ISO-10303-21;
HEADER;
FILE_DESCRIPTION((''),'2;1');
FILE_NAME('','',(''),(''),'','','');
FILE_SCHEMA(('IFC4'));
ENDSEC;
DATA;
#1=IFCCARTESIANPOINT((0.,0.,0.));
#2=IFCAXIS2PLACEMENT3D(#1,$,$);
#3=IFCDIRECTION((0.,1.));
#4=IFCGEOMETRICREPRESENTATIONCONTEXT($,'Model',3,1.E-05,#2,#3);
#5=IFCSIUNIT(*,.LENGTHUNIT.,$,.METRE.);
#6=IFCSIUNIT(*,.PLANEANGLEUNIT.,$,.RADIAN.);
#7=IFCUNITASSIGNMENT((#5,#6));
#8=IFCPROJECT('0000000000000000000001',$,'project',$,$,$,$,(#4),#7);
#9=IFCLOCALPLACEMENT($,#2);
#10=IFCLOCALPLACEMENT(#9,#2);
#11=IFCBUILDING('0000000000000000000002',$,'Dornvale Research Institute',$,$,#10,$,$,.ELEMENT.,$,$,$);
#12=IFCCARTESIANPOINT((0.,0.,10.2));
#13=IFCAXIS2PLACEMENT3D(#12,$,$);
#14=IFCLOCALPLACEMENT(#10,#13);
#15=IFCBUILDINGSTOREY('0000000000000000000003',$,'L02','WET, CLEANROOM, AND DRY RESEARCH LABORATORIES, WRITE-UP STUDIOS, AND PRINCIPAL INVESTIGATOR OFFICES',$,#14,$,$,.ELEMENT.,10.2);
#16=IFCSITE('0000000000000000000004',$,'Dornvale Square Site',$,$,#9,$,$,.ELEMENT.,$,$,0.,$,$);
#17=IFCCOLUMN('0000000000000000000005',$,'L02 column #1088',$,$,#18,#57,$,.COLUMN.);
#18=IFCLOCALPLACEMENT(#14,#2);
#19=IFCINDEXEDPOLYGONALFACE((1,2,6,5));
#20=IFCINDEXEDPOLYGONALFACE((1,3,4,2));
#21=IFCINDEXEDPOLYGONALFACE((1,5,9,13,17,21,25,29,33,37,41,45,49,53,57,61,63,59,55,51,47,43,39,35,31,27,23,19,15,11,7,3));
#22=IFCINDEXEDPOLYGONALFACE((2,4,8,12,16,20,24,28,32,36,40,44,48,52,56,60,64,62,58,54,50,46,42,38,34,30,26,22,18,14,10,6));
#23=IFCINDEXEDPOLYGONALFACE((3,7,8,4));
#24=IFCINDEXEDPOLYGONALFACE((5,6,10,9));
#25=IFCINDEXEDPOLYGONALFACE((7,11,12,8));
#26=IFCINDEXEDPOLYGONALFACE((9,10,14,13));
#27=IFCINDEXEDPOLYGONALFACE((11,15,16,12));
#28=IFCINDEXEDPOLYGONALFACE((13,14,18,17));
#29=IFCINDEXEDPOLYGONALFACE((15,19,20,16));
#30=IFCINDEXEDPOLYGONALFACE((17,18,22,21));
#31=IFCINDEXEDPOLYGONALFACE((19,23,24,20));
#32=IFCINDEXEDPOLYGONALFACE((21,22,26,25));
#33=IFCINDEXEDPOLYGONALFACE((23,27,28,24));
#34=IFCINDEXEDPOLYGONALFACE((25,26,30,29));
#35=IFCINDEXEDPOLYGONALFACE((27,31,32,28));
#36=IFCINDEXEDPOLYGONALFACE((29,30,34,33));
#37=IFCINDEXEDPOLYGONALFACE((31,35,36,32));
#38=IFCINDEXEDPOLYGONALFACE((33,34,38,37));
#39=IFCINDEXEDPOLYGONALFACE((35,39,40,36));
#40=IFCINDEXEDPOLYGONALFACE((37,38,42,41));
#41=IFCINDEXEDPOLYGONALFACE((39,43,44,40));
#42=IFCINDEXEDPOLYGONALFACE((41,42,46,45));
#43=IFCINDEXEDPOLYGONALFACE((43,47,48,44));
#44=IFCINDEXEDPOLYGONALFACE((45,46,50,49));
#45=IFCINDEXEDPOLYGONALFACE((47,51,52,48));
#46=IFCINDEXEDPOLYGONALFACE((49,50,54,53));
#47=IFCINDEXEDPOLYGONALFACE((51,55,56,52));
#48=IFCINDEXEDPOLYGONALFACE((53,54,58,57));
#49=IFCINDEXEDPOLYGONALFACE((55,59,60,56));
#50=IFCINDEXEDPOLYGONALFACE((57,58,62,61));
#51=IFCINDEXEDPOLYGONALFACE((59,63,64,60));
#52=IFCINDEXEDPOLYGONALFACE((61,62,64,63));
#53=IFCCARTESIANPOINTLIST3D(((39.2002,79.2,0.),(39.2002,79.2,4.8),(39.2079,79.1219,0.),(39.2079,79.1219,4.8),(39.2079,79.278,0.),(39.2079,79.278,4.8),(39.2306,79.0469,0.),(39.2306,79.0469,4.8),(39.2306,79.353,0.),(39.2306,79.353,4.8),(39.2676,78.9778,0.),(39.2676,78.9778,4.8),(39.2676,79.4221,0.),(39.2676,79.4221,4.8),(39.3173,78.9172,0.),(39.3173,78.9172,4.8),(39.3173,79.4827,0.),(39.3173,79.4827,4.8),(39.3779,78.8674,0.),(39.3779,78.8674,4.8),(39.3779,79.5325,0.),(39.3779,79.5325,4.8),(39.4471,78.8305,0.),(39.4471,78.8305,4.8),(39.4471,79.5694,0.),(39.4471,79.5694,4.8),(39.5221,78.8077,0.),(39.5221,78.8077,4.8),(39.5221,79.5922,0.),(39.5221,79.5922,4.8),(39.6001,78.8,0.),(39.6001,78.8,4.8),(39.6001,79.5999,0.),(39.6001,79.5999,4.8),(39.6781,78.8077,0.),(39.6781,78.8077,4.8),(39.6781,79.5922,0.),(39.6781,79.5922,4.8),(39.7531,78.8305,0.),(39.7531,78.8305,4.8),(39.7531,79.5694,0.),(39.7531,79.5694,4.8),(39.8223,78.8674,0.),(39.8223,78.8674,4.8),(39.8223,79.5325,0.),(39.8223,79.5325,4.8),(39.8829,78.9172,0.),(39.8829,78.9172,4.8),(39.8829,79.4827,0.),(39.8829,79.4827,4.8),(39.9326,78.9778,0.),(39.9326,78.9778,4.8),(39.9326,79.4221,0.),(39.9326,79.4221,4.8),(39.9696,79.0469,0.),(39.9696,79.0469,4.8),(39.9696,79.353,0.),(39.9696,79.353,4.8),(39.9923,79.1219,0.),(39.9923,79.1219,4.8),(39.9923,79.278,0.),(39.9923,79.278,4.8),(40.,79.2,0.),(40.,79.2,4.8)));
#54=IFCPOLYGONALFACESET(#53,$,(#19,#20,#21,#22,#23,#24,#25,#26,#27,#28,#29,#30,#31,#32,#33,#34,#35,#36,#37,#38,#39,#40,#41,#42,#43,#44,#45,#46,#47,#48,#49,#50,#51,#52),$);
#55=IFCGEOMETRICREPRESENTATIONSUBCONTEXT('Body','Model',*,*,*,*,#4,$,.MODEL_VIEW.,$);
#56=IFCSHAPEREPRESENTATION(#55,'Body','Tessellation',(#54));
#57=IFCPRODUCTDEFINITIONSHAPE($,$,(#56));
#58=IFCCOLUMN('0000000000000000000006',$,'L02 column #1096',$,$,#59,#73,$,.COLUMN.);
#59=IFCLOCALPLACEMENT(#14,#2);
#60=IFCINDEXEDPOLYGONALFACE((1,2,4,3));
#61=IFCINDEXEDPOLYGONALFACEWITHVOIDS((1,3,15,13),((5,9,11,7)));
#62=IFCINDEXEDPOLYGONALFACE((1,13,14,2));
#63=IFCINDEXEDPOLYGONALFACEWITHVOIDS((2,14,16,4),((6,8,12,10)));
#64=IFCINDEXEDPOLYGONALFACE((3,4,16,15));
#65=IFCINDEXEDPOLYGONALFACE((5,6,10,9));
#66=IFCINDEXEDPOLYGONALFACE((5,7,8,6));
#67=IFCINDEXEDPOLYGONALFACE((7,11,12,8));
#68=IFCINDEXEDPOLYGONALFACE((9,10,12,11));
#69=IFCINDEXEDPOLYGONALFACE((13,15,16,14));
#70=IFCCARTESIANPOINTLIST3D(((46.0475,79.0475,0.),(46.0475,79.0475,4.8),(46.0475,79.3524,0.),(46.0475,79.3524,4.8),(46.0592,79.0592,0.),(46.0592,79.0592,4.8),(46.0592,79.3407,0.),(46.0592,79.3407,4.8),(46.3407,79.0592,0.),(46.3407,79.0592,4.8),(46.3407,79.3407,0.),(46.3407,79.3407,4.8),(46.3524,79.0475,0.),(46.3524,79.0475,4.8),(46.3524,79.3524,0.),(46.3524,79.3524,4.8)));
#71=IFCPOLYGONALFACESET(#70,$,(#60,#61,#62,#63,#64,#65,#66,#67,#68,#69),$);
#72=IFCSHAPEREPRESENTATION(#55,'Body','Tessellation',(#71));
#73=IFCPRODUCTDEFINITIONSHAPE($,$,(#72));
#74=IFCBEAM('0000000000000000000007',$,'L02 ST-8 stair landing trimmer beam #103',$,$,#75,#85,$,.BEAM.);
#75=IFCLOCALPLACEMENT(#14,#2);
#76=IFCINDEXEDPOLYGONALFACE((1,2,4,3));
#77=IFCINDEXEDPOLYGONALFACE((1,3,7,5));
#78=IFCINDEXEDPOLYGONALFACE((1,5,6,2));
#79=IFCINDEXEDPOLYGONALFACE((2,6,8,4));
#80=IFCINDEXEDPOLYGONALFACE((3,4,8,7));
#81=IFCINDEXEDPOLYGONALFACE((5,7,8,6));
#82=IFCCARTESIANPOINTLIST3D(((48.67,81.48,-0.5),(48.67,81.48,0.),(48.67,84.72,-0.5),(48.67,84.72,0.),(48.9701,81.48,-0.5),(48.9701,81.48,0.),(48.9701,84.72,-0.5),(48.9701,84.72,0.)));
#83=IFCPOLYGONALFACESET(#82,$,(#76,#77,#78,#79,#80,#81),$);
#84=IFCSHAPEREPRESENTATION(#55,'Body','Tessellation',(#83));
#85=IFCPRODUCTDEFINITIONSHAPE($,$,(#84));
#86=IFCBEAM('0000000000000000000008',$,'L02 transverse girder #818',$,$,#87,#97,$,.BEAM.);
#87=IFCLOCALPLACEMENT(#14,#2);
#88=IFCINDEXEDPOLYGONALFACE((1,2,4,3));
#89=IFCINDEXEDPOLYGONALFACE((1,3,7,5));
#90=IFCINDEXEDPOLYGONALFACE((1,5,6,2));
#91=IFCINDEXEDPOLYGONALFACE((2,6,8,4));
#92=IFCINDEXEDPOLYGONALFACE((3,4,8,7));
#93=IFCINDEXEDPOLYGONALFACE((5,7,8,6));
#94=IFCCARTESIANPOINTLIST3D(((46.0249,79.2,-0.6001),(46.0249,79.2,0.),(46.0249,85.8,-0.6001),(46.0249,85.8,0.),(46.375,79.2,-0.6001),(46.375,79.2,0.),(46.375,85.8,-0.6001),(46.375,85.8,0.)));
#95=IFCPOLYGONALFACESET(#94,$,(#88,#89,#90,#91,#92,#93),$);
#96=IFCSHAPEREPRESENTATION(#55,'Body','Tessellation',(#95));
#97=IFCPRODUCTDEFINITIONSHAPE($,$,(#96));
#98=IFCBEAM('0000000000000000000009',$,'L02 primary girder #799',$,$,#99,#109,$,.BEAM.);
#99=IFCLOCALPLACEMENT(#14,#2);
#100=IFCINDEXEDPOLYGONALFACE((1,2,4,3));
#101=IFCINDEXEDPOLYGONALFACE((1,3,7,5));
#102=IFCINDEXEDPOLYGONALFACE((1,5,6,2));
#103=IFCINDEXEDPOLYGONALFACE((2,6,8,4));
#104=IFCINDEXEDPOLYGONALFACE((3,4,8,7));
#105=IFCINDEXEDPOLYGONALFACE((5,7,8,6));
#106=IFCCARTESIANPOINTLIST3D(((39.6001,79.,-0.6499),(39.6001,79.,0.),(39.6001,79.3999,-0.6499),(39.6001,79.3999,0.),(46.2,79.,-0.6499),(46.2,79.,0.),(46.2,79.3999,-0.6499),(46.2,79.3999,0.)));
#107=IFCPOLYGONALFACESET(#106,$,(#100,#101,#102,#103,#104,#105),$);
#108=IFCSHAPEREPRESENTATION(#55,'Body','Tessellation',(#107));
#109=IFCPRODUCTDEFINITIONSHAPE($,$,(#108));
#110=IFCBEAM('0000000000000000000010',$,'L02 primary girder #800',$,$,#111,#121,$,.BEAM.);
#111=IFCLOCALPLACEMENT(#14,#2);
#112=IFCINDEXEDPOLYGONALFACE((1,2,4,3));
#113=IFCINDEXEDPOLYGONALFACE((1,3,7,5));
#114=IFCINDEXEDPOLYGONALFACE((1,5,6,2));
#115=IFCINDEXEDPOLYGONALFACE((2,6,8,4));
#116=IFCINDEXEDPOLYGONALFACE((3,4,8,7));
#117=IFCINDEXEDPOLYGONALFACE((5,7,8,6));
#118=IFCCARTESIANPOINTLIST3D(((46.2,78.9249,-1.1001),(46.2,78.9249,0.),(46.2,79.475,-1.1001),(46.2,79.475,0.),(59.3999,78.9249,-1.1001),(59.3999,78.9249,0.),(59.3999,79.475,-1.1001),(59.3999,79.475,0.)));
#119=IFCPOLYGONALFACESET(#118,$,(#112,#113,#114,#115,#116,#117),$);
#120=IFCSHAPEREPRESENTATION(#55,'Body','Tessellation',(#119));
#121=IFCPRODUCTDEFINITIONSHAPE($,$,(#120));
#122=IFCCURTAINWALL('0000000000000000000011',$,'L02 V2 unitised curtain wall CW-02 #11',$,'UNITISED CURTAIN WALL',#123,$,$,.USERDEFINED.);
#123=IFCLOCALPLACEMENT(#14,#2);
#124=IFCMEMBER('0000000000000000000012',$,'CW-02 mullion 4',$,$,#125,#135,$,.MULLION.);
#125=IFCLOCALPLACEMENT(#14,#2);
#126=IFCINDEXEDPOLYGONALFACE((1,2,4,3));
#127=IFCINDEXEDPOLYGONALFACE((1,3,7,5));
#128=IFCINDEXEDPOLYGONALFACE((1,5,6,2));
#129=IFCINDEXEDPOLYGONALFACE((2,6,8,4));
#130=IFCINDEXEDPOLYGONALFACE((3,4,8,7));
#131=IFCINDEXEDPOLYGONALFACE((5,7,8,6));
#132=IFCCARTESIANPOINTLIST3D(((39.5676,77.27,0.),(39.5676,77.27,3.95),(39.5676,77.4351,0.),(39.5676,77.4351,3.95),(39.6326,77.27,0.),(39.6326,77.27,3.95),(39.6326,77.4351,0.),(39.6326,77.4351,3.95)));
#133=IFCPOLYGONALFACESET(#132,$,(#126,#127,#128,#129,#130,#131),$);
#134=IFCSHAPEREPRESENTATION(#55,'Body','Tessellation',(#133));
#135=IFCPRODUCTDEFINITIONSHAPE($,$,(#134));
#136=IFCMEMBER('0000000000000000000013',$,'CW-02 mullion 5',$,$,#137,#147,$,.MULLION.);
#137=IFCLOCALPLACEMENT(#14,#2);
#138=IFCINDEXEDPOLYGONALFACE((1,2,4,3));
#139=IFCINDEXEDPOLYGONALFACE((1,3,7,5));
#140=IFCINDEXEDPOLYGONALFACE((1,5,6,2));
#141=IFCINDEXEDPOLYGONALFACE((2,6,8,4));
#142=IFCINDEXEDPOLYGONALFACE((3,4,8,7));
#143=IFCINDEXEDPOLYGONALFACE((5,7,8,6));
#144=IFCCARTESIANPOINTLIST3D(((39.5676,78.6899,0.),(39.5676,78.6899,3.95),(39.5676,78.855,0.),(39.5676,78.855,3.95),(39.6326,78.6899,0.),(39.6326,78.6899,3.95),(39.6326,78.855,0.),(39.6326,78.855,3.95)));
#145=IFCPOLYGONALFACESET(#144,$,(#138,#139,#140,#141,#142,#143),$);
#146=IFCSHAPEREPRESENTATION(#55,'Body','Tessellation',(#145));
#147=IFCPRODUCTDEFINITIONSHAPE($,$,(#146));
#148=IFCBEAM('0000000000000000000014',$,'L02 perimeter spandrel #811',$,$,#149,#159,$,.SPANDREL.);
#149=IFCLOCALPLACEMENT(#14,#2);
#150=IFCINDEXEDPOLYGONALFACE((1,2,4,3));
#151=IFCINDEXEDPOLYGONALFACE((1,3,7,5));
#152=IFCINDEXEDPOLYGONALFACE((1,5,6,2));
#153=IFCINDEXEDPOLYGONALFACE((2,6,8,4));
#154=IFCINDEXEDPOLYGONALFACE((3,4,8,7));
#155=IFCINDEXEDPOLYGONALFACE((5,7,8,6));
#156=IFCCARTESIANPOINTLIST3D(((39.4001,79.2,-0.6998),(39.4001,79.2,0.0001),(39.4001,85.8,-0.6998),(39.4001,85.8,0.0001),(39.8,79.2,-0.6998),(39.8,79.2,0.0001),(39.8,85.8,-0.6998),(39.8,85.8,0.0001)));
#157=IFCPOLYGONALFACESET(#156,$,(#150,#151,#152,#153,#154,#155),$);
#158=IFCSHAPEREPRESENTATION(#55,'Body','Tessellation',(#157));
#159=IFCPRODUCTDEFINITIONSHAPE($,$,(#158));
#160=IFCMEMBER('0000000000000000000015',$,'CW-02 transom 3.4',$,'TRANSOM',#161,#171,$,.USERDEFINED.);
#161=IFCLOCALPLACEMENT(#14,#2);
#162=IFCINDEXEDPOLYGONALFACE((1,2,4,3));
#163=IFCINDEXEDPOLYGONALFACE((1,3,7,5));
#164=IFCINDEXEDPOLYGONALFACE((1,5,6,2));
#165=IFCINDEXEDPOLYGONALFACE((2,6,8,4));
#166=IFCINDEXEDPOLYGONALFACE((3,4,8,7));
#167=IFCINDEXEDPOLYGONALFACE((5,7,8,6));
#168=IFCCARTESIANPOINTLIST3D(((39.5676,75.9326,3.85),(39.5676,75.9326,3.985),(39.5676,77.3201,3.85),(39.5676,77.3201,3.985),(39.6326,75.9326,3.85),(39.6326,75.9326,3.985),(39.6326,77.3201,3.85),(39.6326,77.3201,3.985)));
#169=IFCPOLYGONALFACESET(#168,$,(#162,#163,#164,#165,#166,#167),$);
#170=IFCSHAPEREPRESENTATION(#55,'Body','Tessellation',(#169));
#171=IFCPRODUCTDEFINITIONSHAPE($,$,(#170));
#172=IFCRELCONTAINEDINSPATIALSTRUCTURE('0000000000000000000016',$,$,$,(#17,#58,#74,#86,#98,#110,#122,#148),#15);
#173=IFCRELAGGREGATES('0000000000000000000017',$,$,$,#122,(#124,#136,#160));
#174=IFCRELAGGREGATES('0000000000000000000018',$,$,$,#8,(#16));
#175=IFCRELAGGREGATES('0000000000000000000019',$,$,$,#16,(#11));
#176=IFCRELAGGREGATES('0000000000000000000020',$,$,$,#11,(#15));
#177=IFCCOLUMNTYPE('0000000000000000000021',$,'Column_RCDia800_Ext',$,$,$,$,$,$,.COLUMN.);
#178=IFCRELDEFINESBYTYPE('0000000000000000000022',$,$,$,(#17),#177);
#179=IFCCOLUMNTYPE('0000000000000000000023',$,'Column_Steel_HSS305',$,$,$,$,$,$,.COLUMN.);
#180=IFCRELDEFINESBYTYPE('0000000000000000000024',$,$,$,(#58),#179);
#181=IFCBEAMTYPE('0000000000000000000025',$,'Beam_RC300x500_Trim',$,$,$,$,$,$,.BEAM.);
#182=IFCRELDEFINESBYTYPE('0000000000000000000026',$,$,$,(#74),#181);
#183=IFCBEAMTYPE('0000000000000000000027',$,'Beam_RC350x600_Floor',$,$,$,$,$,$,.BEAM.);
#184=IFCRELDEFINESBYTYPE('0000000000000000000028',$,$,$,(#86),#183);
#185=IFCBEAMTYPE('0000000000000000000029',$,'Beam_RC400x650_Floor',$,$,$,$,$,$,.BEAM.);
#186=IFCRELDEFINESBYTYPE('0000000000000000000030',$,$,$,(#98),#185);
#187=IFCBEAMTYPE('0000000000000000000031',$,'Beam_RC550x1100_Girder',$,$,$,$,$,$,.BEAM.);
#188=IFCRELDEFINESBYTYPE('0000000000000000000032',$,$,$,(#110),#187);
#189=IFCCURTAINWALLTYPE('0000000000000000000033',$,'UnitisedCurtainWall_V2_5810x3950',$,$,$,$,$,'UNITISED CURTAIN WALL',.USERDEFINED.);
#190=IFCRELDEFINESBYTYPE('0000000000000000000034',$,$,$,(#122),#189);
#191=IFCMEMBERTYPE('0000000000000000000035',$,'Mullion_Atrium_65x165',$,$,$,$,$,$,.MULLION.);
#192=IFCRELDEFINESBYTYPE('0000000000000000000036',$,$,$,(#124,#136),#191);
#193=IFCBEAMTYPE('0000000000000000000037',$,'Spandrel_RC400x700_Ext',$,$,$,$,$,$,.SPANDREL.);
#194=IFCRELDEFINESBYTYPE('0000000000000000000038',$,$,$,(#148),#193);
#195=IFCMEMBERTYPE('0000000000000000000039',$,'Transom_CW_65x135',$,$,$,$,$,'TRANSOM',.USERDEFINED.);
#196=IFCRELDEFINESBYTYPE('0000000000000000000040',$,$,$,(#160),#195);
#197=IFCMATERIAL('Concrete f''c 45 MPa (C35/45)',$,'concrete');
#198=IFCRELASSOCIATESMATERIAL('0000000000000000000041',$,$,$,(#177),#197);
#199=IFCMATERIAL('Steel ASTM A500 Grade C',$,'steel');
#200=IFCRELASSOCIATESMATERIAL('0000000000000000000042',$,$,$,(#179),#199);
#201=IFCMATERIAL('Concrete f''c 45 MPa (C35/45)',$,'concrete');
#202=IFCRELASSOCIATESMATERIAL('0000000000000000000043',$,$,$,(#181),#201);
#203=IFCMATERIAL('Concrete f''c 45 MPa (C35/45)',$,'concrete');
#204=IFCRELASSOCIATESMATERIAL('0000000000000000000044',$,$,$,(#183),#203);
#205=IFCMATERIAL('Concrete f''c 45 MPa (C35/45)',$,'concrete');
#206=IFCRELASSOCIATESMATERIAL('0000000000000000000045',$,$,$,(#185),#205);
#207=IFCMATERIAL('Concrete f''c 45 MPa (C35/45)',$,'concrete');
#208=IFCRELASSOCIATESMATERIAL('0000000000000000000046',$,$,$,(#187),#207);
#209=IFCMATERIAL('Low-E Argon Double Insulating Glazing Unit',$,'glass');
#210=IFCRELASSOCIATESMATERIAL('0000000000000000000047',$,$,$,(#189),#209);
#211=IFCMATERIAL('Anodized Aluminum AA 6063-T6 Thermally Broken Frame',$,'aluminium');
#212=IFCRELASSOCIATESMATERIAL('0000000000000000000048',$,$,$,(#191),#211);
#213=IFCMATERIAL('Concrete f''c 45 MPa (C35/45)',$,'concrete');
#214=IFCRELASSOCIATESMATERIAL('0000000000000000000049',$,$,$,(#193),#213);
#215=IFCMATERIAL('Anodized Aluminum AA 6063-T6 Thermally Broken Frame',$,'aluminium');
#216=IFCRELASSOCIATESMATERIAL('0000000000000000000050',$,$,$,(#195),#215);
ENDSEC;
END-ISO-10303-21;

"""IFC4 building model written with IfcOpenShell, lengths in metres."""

from ifc_helpers import new_model, si_unit, direction, frame, origin, origin_2d, place, context, subcontext, project, spatial, rectangle, hollow_rectangle, circle, extrude, material, material_profile, profile_set, type_object, element, aggregate, save


model = new_model("IFC4")

# Units and contexts
model_context = context("Model", 3, precision=1e-05, world=origin(), true_north=direction((0.0, 1.0)))
body_context = subcontext(model_context, "Body", "Model", "MODEL_VIEW")
ifc_project = project(units=[si_unit("LENGTHUNIT", "METRE"), si_unit("PLANEANGLEUNIT", "RADIAN")], contexts=[model_context])

# Site, building, storey
site_placement = place(None, origin())
site = spatial("IfcSite", under=ifc_project, at=site_placement, Name="Dornvale Square Site", CompositionType="ELEMENT", RefElevation=0.0)
building_placement = place(site_placement, origin())
building = spatial("IfcBuilding", under=site, at=building_placement, Name="Dornvale Research Institute", CompositionType="ELEMENT")
storey_placement = place(building_placement, frame((0.0, 0.0, 10.2)))
storey = spatial("IfcBuildingStorey", under=building, at=storey_placement, Name="L02", Description="WET, CLEANROOM, AND DRY RESEARCH LABORATORIES, WRITE-UP STUDIOS, AND PRINCIPAL INVESTIGATOR OFFICES", CompositionType="ELEMENT", Elevation=10.2)

# Columns
ifc_material_1 = material(Name="Concrete f'c 45 MPa (C35/45)", Category="concrete")
ifc_material_profile_1 = material_profile(ifc_material_1, circle(Radius=0.3999, at=origin_2d()), Name="RC DIA 800")
ifc_profile_set_1 = profile_set([ifc_material_profile_1], Name="Concrete f'c 45 MPa (C35/45)")
column_type_1 = type_object("IfcColumnType", Name="Column_RCDia800_Ext", PredefinedType="COLUMN", material=ifc_profile_set_1)
column_1_placement = place(storey_placement, frame((39.6001, 79.2, 0.0), z_axis=(0.0, 0.0, 1.0), x_axis=(1.0, 0.0, 0.0)))
element("IfcColumn", 1, at=column_1_placement, inside=storey, type_object=column_type_1, Name="L02 column #1088", PredefinedType="COLUMN", context=body_context, shape_type="SweptSolid", body=[
    extrude(circle(Radius=0.3999, at=origin_2d()), origin(), (0.0, 0.0, 1.0), 4.8),
])
ifc_material_2 = material(Name="Steel ASTM A500 Grade C", Category="steel")
ifc_material_profile_2 = material_profile(ifc_material_2, hollow_rectangle(XDim=0.3049, YDim=0.3049, WallThickness=0.0117, at=origin_2d()), Name="HSS305X305X12.7")
ifc_profile_set_2 = profile_set([ifc_material_profile_2], Name="Steel ASTM A500 Grade C")
column_type_2 = type_object("IfcColumnType", Name="Column_Steel_HSS305", PredefinedType="COLUMN", material=ifc_profile_set_2)
column_2_placement = place(storey_placement, frame((46.2, 79.2, 0.0), z_axis=(0.0, 0.0, 1.0), x_axis=(1.0, 0.0, 0.0)))
element("IfcColumn", 2, at=column_2_placement, inside=storey, type_object=column_type_2, Name="L02 column #1096", PredefinedType="COLUMN", context=body_context, shape_type="SweptSolid", body=[
    extrude(hollow_rectangle(XDim=0.3049, YDim=0.3049, WallThickness=0.0117, at=origin_2d()), origin(), (0.0, 0.0, 1.0), 4.8),
])

# Beams
ifc_material_3 = material(Name="Concrete f'c 45 MPa (C35/45)", Category="concrete")
ifc_material_profile_3 = material_profile(ifc_material_3, rectangle(XDim=0.3, YDim=0.5, at=origin_2d()), Name="RC 300x500")
ifc_profile_set_3 = profile_set([ifc_material_profile_3], Name="Concrete f'c 45 MPa (C35/45)")
beam_type_1 = type_object("IfcBeamType", Name="Beam_RC300x500_Trim", PredefinedType="BEAM", material=ifc_profile_set_3)
beam_1_placement = place(storey_placement, frame((48.8201, 81.48, -0.25), z_axis=(0.0, 1.0, 0.0), x_axis=(-1.0, 0.0, 0.0)))
element("IfcBeam", 3, at=beam_1_placement, inside=storey, type_object=beam_type_1, Name="L02 ST-8 stair landing trimmer beam #103", PredefinedType="BEAM", context=body_context, shape_type="SweptSolid", body=[
    extrude(rectangle(XDim=0.3, YDim=0.5, at=origin_2d()), origin(), (0.0, 0.0, 1.0), 3.24),
])
ifc_material_4 = material(Name="Concrete f'c 45 MPa (C35/45)", Category="concrete")
ifc_material_profile_4 = material_profile(ifc_material_4, rectangle(XDim=0.3501, YDim=0.6001, at=origin_2d()), Name="RC 350x600")
ifc_profile_set_4 = profile_set([ifc_material_profile_4], Name="Concrete f'c 45 MPa (C35/45)")
beam_type_2 = type_object("IfcBeamType", Name="Beam_RC350x600_Floor", PredefinedType="BEAM", material=ifc_profile_set_4)
beam_2_placement = place(storey_placement, frame((46.2, 79.2, -0.3), z_axis=(0.0, 1.0, 0.0), x_axis=(-1.0, 0.0, 0.0)))
element("IfcBeam", 4, at=beam_2_placement, inside=storey, type_object=beam_type_2, Name="L02 transverse girder #818", PredefinedType="BEAM", context=body_context, shape_type="SweptSolid", body=[
    extrude(rectangle(XDim=0.3501, YDim=0.6001, at=origin_2d()), origin(), (0.0, 0.0, 1.0), 6.6001),
])
ifc_material_5 = material(Name="Concrete f'c 45 MPa (C35/45)", Category="concrete")
ifc_material_profile_5 = material_profile(ifc_material_5, rectangle(XDim=0.3999, YDim=0.6499, at=origin_2d()), Name="RC 400x650")
ifc_profile_set_5 = profile_set([ifc_material_profile_5], Name="Concrete f'c 45 MPa (C35/45)")
beam_type_3 = type_object("IfcBeamType", Name="Beam_RC400x650_Floor", PredefinedType="BEAM", material=ifc_profile_set_5)
beam_3_placement = place(storey_placement, frame((39.6001, 79.2, -0.325), z_axis=(1.0, 0.0, 0.0), x_axis=(0.0, 1.0, 0.0)))
element("IfcBeam", 5, at=beam_3_placement, inside=storey, type_object=beam_type_3, Name="L02 primary girder #799", PredefinedType="BEAM", context=body_context, shape_type="SweptSolid", body=[
    extrude(rectangle(XDim=0.3999, YDim=0.6499, at=origin_2d()), origin(), (0.0, 0.0, 1.0), 6.5999),
])
ifc_material_6 = material(Name="Concrete f'c 45 MPa (C35/45)", Category="concrete")
ifc_material_profile_6 = material_profile(ifc_material_6, rectangle(XDim=0.55, YDim=1.1001, at=origin_2d()), Name="RC 550x1100")
ifc_profile_set_6 = profile_set([ifc_material_profile_6], Name="Concrete f'c 45 MPa (C35/45)")
beam_type_4 = type_object("IfcBeamType", Name="Beam_RC550x1100_Girder", PredefinedType="BEAM", material=ifc_profile_set_6)
beam_4_placement = place(storey_placement, frame((46.2, 79.2, -0.55), z_axis=(1.0, 0.0, 0.0), x_axis=(0.0, 1.0, 0.0)))
element("IfcBeam", 6, at=beam_4_placement, inside=storey, type_object=beam_type_4, Name="L02 primary girder #800", PredefinedType="BEAM", context=body_context, shape_type="SweptSolid", body=[
    extrude(rectangle(XDim=0.55, YDim=1.1001, at=origin_2d()), origin(), (0.0, 0.0, 1.0), 13.2),
])

# Curtain wall, members
ifc_material_7 = material(Name="Low-E Argon Double Insulating Glazing Unit", Category="glass")
curtain_wall_type = type_object("IfcCurtainWallType", Name="UnitisedCurtainWall_V2_5810x3950", ElementType="UNITISED CURTAIN WALL", PredefinedType="USERDEFINED", material=ifc_material_7)
curtain_wall_placement = place(storey_placement, origin())
curtain_wall = element("IfcCurtainWall", 7, at=curtain_wall_placement, inside=storey, type_object=curtain_wall_type, Name="L02 V2 unitised curtain wall CW-02 #11", ObjectType="UNITISED CURTAIN WALL", PredefinedType="USERDEFINED")
ifc_material_8 = material(Name="Anodized Aluminum AA 6063-T6 Thermally Broken Frame", Category="aluminium")
ifc_material_profile_7 = material_profile(ifc_material_8, rectangle(XDim=0.0649, YDim=0.165, at=origin_2d()), Name="ALU MULLION 65x165")
ifc_profile_set_7 = profile_set([ifc_material_profile_7], Name="Anodized Aluminum AA 6063-T6 Thermally Broken Frame")
member_type_1 = type_object("IfcMemberType", Name="Mullion_Atrium_65x165", PredefinedType="MULLION", material=ifc_profile_set_7)
member_1_placement = place(storey_placement, frame((39.6001, 77.3525, 0.0), z_axis=(0.0, 0.0, 1.0), x_axis=(-1.0, 0.0, 0.0)))
member_1 = element("IfcMember", 8, at=member_1_placement, type_object=member_type_1, Name="CW-02 mullion 4", PredefinedType="MULLION", context=body_context, shape_type="SweptSolid", body=[
    extrude(rectangle(XDim=0.0649, YDim=0.165, at=origin_2d()), origin(), (0.0, 0.0, 1.0), 3.95),
])
member_2_placement = place(storey_placement, frame((39.6001, 78.7725, 0.0), z_axis=(0.0, 0.0, 1.0), x_axis=(-1.0, 0.0, 0.0)))
member_2 = element("IfcMember", 9, at=member_2_placement, type_object=member_type_1, Name="CW-02 mullion 5", PredefinedType="MULLION", context=body_context, shape_type="SweptSolid", body=[
    extrude(rectangle(XDim=0.0649, YDim=0.165, at=origin_2d()), origin(), (0.0, 0.0, 1.0), 3.95),
])

# Beam
ifc_material_9 = material(Name="Concrete f'c 45 MPa (C35/45)", Category="concrete")
ifc_material_profile_8 = material_profile(ifc_material_9, rectangle(XDim=0.3999, YDim=0.7, at=origin_2d()), Name="RC 400x700")
ifc_profile_set_8 = profile_set([ifc_material_profile_8], Name="Concrete f'c 45 MPa (C35/45)")
beam_type_5 = type_object("IfcBeamType", Name="Spandrel_RC400x700_Ext", PredefinedType="SPANDREL", material=ifc_profile_set_8)
beam_5_placement = place(storey_placement, frame((39.6001, 79.2, -0.3499), z_axis=(0.0, 1.0, 0.0), x_axis=(-1.0, 0.0, 0.0)))
element("IfcBeam", 10, at=beam_5_placement, inside=storey, type_object=beam_type_5, Name="L02 perimeter spandrel #811", PredefinedType="SPANDREL", context=body_context, shape_type="SweptSolid", body=[
    extrude(rectangle(XDim=0.3999, YDim=0.7, at=origin_2d()), origin(), (0.0, 0.0, 1.0), 6.6001),
])

# Member
ifc_material_10 = material(Name="Anodized Aluminum AA 6063-T6 Thermally Broken Frame", Category="aluminium")
ifc_material_profile_9 = material_profile(ifc_material_10, rectangle(XDim=0.0649, YDim=0.135, at=origin_2d()), Name="ALU TRANSOM 65x135")
ifc_profile_set_9 = profile_set([ifc_material_profile_9], Name="Anodized Aluminum AA 6063-T6 Thermally Broken Frame")
member_type_2 = type_object("IfcMemberType", Name="Transom_CW_65x135", ElementType="TRANSOM", PredefinedType="USERDEFINED", material=ifc_profile_set_9)
member_3_placement = place(storey_placement, frame((39.6001, 75.9326, 3.9175), z_axis=(0.0, 1.0, 0.0), x_axis=(-1.0, 0.0, 0.0)))
member_3 = element("IfcMember", 11, at=member_3_placement, type_object=member_type_2, Name="CW-02 transom 3.4", ObjectType="TRANSOM", PredefinedType="USERDEFINED", context=body_context, shape_type="SweptSolid", body=[
    extrude(rectangle(XDim=0.0649, YDim=0.135, at=origin_2d()), origin(), (0.0, 0.0, 1.0), 1.3875),
])

aggregate(curtain_wall, [member_1, member_2, member_3])

save(model, "model.ifc")
